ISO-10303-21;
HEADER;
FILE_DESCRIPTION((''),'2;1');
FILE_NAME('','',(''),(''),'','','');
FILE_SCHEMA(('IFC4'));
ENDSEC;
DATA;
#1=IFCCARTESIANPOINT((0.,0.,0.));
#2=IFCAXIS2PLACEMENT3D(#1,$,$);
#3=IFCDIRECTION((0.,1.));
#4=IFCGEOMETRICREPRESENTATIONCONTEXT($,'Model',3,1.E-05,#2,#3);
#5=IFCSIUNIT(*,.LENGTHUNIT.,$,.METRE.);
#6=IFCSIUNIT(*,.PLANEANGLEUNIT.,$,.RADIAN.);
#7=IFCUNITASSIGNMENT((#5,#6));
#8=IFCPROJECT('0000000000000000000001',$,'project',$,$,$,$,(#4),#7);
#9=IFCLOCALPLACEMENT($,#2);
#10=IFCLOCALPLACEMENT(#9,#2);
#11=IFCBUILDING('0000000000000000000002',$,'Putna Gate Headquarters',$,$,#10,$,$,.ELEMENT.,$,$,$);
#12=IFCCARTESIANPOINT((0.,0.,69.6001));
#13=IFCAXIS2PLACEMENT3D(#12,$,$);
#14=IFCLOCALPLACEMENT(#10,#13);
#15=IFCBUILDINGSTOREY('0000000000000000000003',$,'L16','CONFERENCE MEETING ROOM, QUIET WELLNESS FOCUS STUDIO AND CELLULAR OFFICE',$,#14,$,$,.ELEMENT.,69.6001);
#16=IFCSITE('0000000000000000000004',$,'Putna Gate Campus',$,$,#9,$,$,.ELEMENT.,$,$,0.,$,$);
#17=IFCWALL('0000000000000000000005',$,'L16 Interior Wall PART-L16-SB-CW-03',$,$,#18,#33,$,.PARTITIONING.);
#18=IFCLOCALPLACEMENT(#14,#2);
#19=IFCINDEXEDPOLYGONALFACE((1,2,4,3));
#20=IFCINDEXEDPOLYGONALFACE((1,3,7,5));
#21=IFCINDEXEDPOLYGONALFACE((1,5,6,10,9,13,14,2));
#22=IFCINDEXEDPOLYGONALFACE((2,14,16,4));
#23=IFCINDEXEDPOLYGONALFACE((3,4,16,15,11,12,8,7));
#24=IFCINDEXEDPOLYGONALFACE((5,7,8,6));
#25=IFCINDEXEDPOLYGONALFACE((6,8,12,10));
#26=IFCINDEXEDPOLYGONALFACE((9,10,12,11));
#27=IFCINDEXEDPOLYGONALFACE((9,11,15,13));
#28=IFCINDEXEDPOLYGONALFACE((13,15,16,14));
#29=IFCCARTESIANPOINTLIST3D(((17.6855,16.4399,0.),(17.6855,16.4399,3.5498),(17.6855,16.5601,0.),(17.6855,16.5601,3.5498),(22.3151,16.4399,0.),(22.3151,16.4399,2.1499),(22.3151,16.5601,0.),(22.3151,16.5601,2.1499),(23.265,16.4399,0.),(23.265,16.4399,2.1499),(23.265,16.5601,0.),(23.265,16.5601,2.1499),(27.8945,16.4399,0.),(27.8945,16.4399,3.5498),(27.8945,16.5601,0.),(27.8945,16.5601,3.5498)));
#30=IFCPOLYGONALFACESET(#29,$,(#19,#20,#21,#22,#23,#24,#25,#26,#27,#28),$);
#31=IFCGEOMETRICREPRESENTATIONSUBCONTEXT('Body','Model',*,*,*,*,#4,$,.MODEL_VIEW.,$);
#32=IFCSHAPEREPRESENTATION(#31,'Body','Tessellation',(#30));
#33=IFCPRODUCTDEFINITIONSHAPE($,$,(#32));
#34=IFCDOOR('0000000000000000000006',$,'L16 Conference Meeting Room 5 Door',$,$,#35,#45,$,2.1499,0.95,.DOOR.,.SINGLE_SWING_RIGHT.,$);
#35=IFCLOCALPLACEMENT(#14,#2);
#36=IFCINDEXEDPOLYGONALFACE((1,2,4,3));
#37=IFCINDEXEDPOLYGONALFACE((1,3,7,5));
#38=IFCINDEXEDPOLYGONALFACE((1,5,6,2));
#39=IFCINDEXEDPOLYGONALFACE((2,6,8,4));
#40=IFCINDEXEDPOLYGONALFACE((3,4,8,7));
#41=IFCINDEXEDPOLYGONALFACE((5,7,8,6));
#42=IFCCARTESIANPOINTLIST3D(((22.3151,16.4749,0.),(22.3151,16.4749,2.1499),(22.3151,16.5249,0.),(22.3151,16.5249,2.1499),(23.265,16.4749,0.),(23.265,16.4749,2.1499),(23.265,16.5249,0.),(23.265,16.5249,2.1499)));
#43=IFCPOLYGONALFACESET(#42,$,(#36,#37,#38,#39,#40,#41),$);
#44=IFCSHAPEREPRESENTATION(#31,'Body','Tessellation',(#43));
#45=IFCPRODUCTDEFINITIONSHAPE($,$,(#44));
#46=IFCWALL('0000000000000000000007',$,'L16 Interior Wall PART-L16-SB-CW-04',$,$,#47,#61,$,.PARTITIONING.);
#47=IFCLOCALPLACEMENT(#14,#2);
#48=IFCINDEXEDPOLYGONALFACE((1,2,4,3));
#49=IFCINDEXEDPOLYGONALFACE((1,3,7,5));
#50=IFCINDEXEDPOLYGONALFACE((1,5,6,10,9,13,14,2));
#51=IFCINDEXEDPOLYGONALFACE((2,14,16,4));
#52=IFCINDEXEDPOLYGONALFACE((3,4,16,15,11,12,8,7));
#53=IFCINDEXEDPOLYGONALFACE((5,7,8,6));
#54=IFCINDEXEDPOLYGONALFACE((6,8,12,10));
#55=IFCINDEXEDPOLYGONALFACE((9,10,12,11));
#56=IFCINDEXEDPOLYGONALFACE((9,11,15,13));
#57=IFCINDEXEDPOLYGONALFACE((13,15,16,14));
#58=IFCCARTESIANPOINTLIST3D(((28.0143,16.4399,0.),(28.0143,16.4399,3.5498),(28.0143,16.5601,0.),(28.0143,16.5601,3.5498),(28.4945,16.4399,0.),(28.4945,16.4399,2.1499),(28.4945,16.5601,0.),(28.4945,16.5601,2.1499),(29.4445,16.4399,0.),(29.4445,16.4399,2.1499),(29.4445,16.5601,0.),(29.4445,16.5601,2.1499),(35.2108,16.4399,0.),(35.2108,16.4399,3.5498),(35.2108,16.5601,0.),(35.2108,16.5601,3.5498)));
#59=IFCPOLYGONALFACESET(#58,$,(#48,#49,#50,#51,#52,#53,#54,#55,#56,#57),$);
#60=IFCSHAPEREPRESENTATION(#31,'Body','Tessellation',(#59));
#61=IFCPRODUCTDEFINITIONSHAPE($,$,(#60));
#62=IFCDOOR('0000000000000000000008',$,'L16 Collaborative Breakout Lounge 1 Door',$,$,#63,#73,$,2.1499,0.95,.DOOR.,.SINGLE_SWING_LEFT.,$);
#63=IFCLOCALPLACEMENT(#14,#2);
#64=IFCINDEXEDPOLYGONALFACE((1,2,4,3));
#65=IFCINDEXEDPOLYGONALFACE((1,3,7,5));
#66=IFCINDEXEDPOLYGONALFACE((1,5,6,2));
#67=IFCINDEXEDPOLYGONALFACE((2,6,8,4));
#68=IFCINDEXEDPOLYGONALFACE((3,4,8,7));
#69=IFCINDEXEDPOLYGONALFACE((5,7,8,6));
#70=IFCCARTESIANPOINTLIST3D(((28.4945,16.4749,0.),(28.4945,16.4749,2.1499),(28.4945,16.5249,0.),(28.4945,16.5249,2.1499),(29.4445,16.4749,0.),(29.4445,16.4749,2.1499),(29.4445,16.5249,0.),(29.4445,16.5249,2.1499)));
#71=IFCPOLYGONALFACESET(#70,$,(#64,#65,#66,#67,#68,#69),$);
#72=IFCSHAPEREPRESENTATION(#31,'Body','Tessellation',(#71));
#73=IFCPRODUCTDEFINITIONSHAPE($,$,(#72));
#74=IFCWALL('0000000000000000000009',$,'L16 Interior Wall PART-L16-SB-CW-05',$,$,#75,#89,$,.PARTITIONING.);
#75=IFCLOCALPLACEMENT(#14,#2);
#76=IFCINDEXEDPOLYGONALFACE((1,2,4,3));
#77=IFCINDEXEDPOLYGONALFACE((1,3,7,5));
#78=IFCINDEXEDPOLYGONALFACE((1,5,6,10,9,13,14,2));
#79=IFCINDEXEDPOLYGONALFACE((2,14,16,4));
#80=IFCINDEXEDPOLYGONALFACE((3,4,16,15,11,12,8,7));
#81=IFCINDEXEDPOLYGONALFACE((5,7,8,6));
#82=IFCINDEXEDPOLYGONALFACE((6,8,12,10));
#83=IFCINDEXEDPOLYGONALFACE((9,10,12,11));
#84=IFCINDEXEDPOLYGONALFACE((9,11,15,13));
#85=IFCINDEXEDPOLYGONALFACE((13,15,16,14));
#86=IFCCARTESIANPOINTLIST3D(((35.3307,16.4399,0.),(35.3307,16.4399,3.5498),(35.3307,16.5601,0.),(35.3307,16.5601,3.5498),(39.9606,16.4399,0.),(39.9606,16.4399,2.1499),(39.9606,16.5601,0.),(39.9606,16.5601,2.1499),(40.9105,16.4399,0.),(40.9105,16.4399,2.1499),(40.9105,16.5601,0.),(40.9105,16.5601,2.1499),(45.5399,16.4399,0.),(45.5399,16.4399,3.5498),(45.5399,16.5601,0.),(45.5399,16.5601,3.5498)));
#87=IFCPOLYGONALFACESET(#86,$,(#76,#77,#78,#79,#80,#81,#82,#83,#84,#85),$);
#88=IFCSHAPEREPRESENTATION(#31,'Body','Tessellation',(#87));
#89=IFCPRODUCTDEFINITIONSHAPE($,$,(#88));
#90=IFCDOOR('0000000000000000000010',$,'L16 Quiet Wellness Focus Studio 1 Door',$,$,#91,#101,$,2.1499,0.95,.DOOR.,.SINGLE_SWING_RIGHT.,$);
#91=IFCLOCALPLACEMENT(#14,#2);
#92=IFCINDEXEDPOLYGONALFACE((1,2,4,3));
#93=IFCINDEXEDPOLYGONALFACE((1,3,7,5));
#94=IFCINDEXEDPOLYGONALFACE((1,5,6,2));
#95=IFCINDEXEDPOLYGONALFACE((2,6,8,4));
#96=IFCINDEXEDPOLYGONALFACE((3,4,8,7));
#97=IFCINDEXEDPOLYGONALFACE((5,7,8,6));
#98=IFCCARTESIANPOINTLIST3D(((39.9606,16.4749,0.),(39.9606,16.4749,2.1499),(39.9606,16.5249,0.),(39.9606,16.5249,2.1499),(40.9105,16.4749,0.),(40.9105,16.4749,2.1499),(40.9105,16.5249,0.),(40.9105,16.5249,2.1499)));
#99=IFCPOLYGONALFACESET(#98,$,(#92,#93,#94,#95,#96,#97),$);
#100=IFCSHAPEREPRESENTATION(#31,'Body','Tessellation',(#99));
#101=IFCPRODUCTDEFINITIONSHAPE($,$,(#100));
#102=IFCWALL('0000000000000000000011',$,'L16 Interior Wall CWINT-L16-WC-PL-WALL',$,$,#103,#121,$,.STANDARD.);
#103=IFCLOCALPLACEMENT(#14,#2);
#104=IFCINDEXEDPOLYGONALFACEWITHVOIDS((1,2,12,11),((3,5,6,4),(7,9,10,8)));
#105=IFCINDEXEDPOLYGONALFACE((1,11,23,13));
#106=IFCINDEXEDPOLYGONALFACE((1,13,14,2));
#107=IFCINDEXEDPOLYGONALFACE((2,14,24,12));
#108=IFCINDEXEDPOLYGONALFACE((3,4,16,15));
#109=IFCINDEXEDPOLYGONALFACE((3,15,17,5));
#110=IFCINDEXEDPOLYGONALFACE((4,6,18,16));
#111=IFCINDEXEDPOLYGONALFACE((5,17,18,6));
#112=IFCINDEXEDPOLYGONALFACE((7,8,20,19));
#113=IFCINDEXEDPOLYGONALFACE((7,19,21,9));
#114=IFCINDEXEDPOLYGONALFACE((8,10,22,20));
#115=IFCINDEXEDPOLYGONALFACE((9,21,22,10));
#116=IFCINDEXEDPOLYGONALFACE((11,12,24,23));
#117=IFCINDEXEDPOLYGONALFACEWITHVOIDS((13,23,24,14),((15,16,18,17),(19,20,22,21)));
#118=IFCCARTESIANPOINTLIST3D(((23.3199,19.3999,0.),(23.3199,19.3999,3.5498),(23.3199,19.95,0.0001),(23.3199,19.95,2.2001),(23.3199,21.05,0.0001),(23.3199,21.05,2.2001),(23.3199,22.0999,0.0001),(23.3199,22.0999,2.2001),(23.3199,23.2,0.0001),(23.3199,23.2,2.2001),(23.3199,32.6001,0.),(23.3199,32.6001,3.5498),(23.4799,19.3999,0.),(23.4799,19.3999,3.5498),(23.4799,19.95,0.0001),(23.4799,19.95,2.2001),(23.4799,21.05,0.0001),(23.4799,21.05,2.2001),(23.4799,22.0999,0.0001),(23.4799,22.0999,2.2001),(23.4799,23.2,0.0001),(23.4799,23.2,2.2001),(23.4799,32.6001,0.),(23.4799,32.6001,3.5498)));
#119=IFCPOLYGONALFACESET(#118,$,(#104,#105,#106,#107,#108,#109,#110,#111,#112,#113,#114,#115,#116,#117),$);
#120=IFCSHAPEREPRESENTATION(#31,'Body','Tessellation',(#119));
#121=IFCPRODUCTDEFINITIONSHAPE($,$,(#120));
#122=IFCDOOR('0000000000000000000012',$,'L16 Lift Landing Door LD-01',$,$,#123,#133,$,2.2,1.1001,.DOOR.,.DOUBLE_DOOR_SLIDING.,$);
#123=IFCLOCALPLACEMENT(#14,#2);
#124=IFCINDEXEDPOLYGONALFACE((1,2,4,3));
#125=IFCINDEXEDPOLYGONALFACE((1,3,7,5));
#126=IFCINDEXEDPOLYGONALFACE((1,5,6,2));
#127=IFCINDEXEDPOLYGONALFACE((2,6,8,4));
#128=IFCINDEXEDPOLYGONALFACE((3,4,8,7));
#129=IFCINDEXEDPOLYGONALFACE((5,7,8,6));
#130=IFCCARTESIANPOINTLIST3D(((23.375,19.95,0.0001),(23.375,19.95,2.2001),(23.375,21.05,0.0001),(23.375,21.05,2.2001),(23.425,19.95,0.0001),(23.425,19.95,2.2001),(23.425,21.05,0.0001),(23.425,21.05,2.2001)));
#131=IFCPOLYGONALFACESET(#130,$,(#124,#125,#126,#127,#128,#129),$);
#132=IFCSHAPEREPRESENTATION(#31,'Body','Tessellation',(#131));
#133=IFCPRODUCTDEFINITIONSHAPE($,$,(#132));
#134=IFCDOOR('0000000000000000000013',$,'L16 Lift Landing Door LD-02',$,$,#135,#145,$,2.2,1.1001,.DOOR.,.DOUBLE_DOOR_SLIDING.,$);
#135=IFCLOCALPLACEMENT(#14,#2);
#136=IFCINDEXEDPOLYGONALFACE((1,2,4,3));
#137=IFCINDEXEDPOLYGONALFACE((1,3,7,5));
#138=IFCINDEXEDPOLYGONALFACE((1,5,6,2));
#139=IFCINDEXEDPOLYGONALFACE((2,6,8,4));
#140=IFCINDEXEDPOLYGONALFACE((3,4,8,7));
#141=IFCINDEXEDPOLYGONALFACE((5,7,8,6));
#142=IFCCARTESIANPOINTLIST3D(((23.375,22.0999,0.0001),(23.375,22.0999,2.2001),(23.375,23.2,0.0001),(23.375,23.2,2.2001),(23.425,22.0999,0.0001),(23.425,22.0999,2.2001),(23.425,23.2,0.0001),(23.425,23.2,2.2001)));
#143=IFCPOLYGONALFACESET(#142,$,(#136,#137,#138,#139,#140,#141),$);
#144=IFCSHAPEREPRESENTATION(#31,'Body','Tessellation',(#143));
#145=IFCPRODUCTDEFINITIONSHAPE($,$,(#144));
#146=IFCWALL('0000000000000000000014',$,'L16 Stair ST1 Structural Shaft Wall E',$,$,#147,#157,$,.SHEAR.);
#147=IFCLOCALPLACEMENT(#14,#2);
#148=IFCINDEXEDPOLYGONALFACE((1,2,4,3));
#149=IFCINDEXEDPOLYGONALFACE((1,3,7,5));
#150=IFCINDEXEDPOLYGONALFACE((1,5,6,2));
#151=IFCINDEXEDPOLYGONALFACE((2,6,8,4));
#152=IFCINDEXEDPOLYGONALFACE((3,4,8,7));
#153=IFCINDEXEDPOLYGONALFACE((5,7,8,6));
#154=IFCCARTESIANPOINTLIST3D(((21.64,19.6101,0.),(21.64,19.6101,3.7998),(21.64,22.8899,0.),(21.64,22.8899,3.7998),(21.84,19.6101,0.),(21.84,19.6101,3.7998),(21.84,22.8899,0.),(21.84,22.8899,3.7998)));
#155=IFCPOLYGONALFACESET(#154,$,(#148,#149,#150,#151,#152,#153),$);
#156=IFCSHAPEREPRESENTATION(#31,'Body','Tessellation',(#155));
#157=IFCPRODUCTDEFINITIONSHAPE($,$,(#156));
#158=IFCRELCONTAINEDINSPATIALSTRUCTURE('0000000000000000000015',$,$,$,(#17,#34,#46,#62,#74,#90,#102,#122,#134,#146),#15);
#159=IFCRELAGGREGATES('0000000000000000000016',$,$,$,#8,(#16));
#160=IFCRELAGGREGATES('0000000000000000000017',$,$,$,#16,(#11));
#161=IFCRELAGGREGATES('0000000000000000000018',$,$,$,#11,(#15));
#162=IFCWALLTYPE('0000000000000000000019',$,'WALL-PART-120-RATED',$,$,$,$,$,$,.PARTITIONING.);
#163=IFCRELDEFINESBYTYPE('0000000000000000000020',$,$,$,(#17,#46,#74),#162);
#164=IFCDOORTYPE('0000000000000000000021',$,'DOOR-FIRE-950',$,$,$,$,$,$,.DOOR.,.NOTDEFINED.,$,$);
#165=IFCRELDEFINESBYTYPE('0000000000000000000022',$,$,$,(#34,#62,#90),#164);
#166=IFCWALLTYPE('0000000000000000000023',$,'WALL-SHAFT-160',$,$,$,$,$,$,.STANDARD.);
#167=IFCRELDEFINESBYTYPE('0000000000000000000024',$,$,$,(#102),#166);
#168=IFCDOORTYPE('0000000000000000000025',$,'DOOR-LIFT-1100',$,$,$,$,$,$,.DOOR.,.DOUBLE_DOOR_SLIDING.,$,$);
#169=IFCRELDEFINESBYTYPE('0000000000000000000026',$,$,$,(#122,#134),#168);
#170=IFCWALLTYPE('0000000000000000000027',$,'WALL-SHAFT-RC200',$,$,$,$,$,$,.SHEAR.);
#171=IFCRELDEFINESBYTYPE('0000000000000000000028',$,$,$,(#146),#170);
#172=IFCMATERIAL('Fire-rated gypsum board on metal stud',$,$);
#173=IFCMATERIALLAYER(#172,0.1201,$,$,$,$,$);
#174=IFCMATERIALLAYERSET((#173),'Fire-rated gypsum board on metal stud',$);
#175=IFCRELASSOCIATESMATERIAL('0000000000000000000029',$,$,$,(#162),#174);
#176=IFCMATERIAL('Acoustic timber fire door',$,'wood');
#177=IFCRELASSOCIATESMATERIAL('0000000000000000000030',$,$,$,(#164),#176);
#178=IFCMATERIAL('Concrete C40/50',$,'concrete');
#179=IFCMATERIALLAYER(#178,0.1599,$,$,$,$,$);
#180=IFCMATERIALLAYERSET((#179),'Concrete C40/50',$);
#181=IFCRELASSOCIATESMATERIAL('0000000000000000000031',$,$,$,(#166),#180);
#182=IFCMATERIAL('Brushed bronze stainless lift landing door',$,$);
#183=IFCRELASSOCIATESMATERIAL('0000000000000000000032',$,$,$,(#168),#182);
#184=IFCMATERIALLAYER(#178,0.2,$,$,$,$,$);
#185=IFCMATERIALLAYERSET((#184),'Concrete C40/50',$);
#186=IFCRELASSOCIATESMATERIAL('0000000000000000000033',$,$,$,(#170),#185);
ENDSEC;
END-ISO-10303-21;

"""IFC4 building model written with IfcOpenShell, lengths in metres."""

from ifc_helpers import new_model, si_unit, direction, frame, frame_2d, origin, place, context, subcontext, project, spatial, rectangle, extrude, material, layer, layer_set, type_object, element, fill, save


model = new_model("IFC4")

# Units and contexts
model_context = context("Model", 3, precision=1e-05, world=origin(), true_north=direction((0.0, 1.0)))
body_context = subcontext(model_context, "Body", "Model", "MODEL_VIEW")
ifc_project = project(units=[si_unit("LENGTHUNIT", "METRE"), si_unit("PLANEANGLEUNIT", "RADIAN")], contexts=[model_context])

# Site, building, storey
site_placement = place(None, origin())
site = spatial("IfcSite", under=ifc_project, at=site_placement, Name="Putna Gate Campus", CompositionType="ELEMENT", RefElevation=0.0)
building_placement = place(site_placement, origin())
building = spatial("IfcBuilding", under=site, at=building_placement, Name="Putna Gate Headquarters", CompositionType="ELEMENT")
storey_placement = place(building_placement, frame((0.0, 0.0, 69.6001)))
storey = spatial("IfcBuildingStorey", under=building, at=storey_placement, Name="L16", Description="CONFERENCE MEETING ROOM, QUIET WELLNESS FOCUS STUDIO AND CELLULAR OFFICE", CompositionType="ELEMENT", Elevation=69.6001)

# Walls, openings, doors
ifc_material_1 = material(Name="Fire-rated gypsum board on metal stud")
ifc_layer_1 = layer(ifc_material_1, 0.1201)
ifc_layer_set_1 = layer_set([ifc_layer_1], Name="Fire-rated gypsum board on metal stud")
wall_type_1 = type_object("IfcWallType", Name="WALL-PART-120-RATED", PredefinedType="PARTITIONING", material=ifc_layer_set_1)
wall_1_placement = place(storey_placement, frame((17.6855, 16.5, 0.0), z_axis=(0.0, 0.0, 1.0), x_axis=(1.0, 0.0, 0.0)))
wall_1 = element("IfcWall", 1, at=wall_1_placement, inside=storey, type_object=wall_type_1, Name="L16 Interior Wall PART-L16-SB-CW-03", PredefinedType="PARTITIONING", context=body_context, shape_type="SweptSolid", body=[
    extrude(rectangle(XDim=10.209, YDim=0.1201, at=frame_2d((5.1045, 0.0))), origin(), (0.0, 0.0, 1.0), 3.5498),
])
opening_1_placement = place(wall_1_placement, frame((4.6294, 0.0, 0.0)))
opening_1 = element("IfcOpeningElement", 2, at=opening_1_placement, cuts=wall_1, PredefinedType="OPENING", context=body_context, shape_type="SweptSolid", body=[
    extrude(rectangle(XDim=0.95, YDim=2.1499, at=frame_2d((0.4751, 1.075))), frame((0.0, 0.0701, 0.0), z_axis=(0.0, -1.0, 0.0), x_axis=(1.0, 0.0, 0.0)), (0.0, 0.0, 1.0), 0.1401),
])
ifc_material_2 = material(Name="Acoustic timber fire door", Category="wood")
door_type_1 = type_object("IfcDoorType", Name="DOOR-FIRE-950", OperationType="NOTDEFINED", PredefinedType="DOOR", material=ifc_material_2)
door_1_placement = place(opening_1_placement, origin())
door_1 = element("IfcDoor", 3, at=door_1_placement, inside=storey, type_object=door_type_1, Name="L16 Conference Meeting Room 5 Door", OperationType="SINGLE_SWING_RIGHT", OverallHeight=2.1499, OverallWidth=0.95, PredefinedType="DOOR", context=body_context, shape_type="SweptSolid", body=[
    extrude(rectangle(XDim=0.95, YDim=2.1499, at=frame_2d((0.4751, 1.075))), frame((0.0, 0.0249, 0.0), z_axis=(0.0, -1.0, 0.0), x_axis=(1.0, 0.0, 0.0)), (0.0, 0.0, 1.0), 0.05),
])
fill(opening_1, door_1)
wall_2_placement = place(storey_placement, frame((28.0144, 16.5, 0.0), z_axis=(0.0, 0.0, 1.0), x_axis=(1.0, 0.0, 0.0)))
wall_2 = element("IfcWall", 4, at=wall_2_placement, inside=storey, type_object=wall_type_1, Name="L16 Interior Wall PART-L16-SB-CW-04", PredefinedType="PARTITIONING", context=body_context, shape_type="SweptSolid", body=[
    extrude(rectangle(XDim=7.1965, YDim=0.1201, at=frame_2d((3.5981, 0.0))), origin(), (0.0, 0.0, 1.0), 3.5498),
])
opening_2_placement = place(wall_2_placement, frame((0.48, 0.0, 0.0)))
opening_2 = element("IfcOpeningElement", 5, at=opening_2_placement, cuts=wall_2, PredefinedType="OPENING", context=body_context, shape_type="SweptSolid", body=[
    extrude(rectangle(XDim=0.95, YDim=2.1499, at=frame_2d((0.4751, 1.075))), frame((0.0, 0.0701, 0.0), z_axis=(0.0, -1.0, 0.0), x_axis=(1.0, 0.0, 0.0)), (0.0, 0.0, 1.0), 0.1401),
])
door_2_placement = place(opening_2_placement, origin())
door_2 = element("IfcDoor", 6, at=door_2_placement, inside=storey, type_object=door_type_1, Name="L16 Collaborative Breakout Lounge 1 Door", OperationType="SINGLE_SWING_LEFT", OverallHeight=2.1499, OverallWidth=0.95, PredefinedType="DOOR", context=body_context, shape_type="SweptSolid", body=[
    extrude(rectangle(XDim=0.95, YDim=2.1499, at=frame_2d((0.4751, 1.075))), frame((0.0, 0.0249, 0.0), z_axis=(0.0, -1.0, 0.0), x_axis=(1.0, 0.0, 0.0)), (0.0, 0.0, 1.0), 0.05),
])
fill(opening_2, door_2)
wall_3_placement = place(storey_placement, frame((35.3308, 16.5, 0.0), z_axis=(0.0, 0.0, 1.0), x_axis=(1.0, 0.0, 0.0)))
wall_3 = element("IfcWall", 7, at=wall_3_placement, inside=storey, type_object=wall_type_1, Name="L16 Interior Wall PART-L16-SB-CW-05", PredefinedType="PARTITIONING", context=body_context, shape_type="SweptSolid", body=[
    extrude(rectangle(XDim=10.2092, YDim=0.1201, at=frame_2d((5.1045, 0.0))), origin(), (0.0, 0.0, 1.0), 3.5498),
])
opening_3_placement = place(wall_3_placement, frame((4.6296, 0.0, 0.0)))
opening_3 = element("IfcOpeningElement", 8, at=opening_3_placement, cuts=wall_3, PredefinedType="OPENING", context=body_context, shape_type="SweptSolid", body=[
    extrude(rectangle(XDim=0.95, YDim=2.1499, at=frame_2d((0.4751, 1.075))), frame((0.0, 0.0701, 0.0), z_axis=(0.0, -1.0, 0.0), x_axis=(1.0, 0.0, 0.0)), (0.0, 0.0, 1.0), 0.1401),
])
door_3_placement = place(opening_3_placement, origin())
door_3 = element("IfcDoor", 9, at=door_3_placement, inside=storey, type_object=door_type_1, Name="L16 Quiet Wellness Focus Studio 1 Door", OperationType="SINGLE_SWING_RIGHT", OverallHeight=2.1499, OverallWidth=0.95, PredefinedType="DOOR", context=body_context, shape_type="SweptSolid", body=[
    extrude(rectangle(XDim=0.95, YDim=2.1499, at=frame_2d((0.4751, 1.075))), frame((0.0, 0.0249, 0.0), z_axis=(0.0, -1.0, 0.0), x_axis=(1.0, 0.0, 0.0)), (0.0, 0.0, 1.0), 0.05),
])
fill(opening_3, door_3)

# Wall, openings, doors
ifc_material_3 = material(Name="Concrete C40/50", Category="concrete")
ifc_layer_2 = layer(ifc_material_3, 0.1599)
ifc_layer_set_2 = layer_set([ifc_layer_2], Name="Concrete C40/50")
wall_type_2 = type_object("IfcWallType", Name="WALL-SHAFT-160", PredefinedType="STANDARD", material=ifc_layer_set_2)
wall_4_placement = place(storey_placement, frame((23.3999, 19.3999, 0.0), z_axis=(0.0, 0.0, 1.0), x_axis=(0.0, 1.0, 0.0)))
wall_4 = element("IfcWall", 10, at=wall_4_placement, inside=storey, type_object=wall_type_2, Name="L16 Interior Wall CWINT-L16-WC-PL-WALL", PredefinedType="STANDARD", context=body_context, shape_type="SweptSolid", body=[
    extrude(rectangle(XDim=13.2002, YDim=0.1599, at=frame_2d((6.6001, 0.0))), origin(), (0.0, 0.0, 1.0), 3.5498),
])
opening_4_placement = place(wall_4_placement, frame((0.55, 0.0, 0.0)))
opening_4 = element("IfcOpeningElement", 11, at=opening_4_placement, cuts=wall_4, PredefinedType="OPENING", context=body_context, shape_type="SweptSolid", body=[
    extrude(rectangle(XDim=1.1001, YDim=2.2, at=frame_2d((0.55, 1.1001))), frame((0.0, 0.0898, 0.0), z_axis=(0.0, -1.0, 0.0), x_axis=(1.0, 0.0, 0.0)), (0.0, 0.0, 1.0), 0.1799),
])
opening_5_placement = place(wall_4_placement, frame((2.7, 0.0, 0.0)))
opening_5 = element("IfcOpeningElement", 12, at=opening_5_placement, cuts=wall_4, PredefinedType="OPENING", context=body_context, shape_type="SweptSolid", body=[
    extrude(rectangle(XDim=1.1001, YDim=2.2, at=frame_2d((0.55, 1.1001))), frame((0.0, 0.0898, 0.0), z_axis=(0.0, -1.0, 0.0), x_axis=(1.0, 0.0, 0.0)), (0.0, 0.0, 1.0), 0.1799),
])
ifc_material_4 = material(Name="Brushed bronze stainless lift landing door")
door_type_2 = type_object("IfcDoorType", Name="DOOR-LIFT-1100", OperationType="DOUBLE_DOOR_SLIDING", PredefinedType="DOOR", material=ifc_material_4)
door_4_placement = place(opening_4_placement, origin())
door_4 = element("IfcDoor", 13, at=door_4_placement, inside=storey, type_object=door_type_2, Name="L16 Lift Landing Door LD-01", OperationType="DOUBLE_DOOR_SLIDING", OverallHeight=2.2, OverallWidth=1.1001, PredefinedType="DOOR", context=body_context, shape_type="SweptSolid", body=[
    extrude(rectangle(XDim=1.1001, YDim=2.2, at=frame_2d((0.55, 1.1001))), frame((0.0, 0.0249, 0.0), z_axis=(0.0, -1.0, 0.0), x_axis=(1.0, 0.0, 0.0)), (0.0, 0.0, 1.0), 0.05),
])
fill(opening_4, door_4)
door_5_placement = place(opening_5_placement, origin())
door_5 = element("IfcDoor", 14, at=door_5_placement, inside=storey, type_object=door_type_2, Name="L16 Lift Landing Door LD-02", OperationType="DOUBLE_DOOR_SLIDING", OverallHeight=2.2, OverallWidth=1.1001, PredefinedType="DOOR", context=body_context, shape_type="SweptSolid", body=[
    extrude(rectangle(XDim=1.1001, YDim=2.2, at=frame_2d((0.55, 1.1001))), frame((0.0, 0.0249, 0.0), z_axis=(0.0, -1.0, 0.0), x_axis=(1.0, 0.0, 0.0)), (0.0, 0.0, 1.0), 0.05),
])
fill(opening_5, door_5)

# Wall
ifc_layer_3 = layer(ifc_material_3, 0.2)
ifc_layer_set_3 = layer_set([ifc_layer_3], Name="Concrete C40/50")
wall_type_3 = type_object("IfcWallType", Name="WALL-SHAFT-RC200", PredefinedType="SHEAR", material=ifc_layer_set_3)
wall_5_placement = place(storey_placement, frame((21.74, 19.6101, 0.0), z_axis=(0.0, 0.0, 1.0), x_axis=(0.0, 1.0, 0.0)))
element("IfcWall", 15, at=wall_5_placement, inside=storey, type_object=wall_type_3, Name="L16 Stair ST1 Structural Shaft Wall E", PredefinedType="SHEAR", context=body_context, shape_type="SweptSolid", body=[
    extrude(rectangle(XDim=3.2798, YDim=0.2, at=frame_2d((1.6399, 0.0))), origin(), (0.0, 0.0, 1.0), 3.7998),
])

save(model, "model.ifc")
